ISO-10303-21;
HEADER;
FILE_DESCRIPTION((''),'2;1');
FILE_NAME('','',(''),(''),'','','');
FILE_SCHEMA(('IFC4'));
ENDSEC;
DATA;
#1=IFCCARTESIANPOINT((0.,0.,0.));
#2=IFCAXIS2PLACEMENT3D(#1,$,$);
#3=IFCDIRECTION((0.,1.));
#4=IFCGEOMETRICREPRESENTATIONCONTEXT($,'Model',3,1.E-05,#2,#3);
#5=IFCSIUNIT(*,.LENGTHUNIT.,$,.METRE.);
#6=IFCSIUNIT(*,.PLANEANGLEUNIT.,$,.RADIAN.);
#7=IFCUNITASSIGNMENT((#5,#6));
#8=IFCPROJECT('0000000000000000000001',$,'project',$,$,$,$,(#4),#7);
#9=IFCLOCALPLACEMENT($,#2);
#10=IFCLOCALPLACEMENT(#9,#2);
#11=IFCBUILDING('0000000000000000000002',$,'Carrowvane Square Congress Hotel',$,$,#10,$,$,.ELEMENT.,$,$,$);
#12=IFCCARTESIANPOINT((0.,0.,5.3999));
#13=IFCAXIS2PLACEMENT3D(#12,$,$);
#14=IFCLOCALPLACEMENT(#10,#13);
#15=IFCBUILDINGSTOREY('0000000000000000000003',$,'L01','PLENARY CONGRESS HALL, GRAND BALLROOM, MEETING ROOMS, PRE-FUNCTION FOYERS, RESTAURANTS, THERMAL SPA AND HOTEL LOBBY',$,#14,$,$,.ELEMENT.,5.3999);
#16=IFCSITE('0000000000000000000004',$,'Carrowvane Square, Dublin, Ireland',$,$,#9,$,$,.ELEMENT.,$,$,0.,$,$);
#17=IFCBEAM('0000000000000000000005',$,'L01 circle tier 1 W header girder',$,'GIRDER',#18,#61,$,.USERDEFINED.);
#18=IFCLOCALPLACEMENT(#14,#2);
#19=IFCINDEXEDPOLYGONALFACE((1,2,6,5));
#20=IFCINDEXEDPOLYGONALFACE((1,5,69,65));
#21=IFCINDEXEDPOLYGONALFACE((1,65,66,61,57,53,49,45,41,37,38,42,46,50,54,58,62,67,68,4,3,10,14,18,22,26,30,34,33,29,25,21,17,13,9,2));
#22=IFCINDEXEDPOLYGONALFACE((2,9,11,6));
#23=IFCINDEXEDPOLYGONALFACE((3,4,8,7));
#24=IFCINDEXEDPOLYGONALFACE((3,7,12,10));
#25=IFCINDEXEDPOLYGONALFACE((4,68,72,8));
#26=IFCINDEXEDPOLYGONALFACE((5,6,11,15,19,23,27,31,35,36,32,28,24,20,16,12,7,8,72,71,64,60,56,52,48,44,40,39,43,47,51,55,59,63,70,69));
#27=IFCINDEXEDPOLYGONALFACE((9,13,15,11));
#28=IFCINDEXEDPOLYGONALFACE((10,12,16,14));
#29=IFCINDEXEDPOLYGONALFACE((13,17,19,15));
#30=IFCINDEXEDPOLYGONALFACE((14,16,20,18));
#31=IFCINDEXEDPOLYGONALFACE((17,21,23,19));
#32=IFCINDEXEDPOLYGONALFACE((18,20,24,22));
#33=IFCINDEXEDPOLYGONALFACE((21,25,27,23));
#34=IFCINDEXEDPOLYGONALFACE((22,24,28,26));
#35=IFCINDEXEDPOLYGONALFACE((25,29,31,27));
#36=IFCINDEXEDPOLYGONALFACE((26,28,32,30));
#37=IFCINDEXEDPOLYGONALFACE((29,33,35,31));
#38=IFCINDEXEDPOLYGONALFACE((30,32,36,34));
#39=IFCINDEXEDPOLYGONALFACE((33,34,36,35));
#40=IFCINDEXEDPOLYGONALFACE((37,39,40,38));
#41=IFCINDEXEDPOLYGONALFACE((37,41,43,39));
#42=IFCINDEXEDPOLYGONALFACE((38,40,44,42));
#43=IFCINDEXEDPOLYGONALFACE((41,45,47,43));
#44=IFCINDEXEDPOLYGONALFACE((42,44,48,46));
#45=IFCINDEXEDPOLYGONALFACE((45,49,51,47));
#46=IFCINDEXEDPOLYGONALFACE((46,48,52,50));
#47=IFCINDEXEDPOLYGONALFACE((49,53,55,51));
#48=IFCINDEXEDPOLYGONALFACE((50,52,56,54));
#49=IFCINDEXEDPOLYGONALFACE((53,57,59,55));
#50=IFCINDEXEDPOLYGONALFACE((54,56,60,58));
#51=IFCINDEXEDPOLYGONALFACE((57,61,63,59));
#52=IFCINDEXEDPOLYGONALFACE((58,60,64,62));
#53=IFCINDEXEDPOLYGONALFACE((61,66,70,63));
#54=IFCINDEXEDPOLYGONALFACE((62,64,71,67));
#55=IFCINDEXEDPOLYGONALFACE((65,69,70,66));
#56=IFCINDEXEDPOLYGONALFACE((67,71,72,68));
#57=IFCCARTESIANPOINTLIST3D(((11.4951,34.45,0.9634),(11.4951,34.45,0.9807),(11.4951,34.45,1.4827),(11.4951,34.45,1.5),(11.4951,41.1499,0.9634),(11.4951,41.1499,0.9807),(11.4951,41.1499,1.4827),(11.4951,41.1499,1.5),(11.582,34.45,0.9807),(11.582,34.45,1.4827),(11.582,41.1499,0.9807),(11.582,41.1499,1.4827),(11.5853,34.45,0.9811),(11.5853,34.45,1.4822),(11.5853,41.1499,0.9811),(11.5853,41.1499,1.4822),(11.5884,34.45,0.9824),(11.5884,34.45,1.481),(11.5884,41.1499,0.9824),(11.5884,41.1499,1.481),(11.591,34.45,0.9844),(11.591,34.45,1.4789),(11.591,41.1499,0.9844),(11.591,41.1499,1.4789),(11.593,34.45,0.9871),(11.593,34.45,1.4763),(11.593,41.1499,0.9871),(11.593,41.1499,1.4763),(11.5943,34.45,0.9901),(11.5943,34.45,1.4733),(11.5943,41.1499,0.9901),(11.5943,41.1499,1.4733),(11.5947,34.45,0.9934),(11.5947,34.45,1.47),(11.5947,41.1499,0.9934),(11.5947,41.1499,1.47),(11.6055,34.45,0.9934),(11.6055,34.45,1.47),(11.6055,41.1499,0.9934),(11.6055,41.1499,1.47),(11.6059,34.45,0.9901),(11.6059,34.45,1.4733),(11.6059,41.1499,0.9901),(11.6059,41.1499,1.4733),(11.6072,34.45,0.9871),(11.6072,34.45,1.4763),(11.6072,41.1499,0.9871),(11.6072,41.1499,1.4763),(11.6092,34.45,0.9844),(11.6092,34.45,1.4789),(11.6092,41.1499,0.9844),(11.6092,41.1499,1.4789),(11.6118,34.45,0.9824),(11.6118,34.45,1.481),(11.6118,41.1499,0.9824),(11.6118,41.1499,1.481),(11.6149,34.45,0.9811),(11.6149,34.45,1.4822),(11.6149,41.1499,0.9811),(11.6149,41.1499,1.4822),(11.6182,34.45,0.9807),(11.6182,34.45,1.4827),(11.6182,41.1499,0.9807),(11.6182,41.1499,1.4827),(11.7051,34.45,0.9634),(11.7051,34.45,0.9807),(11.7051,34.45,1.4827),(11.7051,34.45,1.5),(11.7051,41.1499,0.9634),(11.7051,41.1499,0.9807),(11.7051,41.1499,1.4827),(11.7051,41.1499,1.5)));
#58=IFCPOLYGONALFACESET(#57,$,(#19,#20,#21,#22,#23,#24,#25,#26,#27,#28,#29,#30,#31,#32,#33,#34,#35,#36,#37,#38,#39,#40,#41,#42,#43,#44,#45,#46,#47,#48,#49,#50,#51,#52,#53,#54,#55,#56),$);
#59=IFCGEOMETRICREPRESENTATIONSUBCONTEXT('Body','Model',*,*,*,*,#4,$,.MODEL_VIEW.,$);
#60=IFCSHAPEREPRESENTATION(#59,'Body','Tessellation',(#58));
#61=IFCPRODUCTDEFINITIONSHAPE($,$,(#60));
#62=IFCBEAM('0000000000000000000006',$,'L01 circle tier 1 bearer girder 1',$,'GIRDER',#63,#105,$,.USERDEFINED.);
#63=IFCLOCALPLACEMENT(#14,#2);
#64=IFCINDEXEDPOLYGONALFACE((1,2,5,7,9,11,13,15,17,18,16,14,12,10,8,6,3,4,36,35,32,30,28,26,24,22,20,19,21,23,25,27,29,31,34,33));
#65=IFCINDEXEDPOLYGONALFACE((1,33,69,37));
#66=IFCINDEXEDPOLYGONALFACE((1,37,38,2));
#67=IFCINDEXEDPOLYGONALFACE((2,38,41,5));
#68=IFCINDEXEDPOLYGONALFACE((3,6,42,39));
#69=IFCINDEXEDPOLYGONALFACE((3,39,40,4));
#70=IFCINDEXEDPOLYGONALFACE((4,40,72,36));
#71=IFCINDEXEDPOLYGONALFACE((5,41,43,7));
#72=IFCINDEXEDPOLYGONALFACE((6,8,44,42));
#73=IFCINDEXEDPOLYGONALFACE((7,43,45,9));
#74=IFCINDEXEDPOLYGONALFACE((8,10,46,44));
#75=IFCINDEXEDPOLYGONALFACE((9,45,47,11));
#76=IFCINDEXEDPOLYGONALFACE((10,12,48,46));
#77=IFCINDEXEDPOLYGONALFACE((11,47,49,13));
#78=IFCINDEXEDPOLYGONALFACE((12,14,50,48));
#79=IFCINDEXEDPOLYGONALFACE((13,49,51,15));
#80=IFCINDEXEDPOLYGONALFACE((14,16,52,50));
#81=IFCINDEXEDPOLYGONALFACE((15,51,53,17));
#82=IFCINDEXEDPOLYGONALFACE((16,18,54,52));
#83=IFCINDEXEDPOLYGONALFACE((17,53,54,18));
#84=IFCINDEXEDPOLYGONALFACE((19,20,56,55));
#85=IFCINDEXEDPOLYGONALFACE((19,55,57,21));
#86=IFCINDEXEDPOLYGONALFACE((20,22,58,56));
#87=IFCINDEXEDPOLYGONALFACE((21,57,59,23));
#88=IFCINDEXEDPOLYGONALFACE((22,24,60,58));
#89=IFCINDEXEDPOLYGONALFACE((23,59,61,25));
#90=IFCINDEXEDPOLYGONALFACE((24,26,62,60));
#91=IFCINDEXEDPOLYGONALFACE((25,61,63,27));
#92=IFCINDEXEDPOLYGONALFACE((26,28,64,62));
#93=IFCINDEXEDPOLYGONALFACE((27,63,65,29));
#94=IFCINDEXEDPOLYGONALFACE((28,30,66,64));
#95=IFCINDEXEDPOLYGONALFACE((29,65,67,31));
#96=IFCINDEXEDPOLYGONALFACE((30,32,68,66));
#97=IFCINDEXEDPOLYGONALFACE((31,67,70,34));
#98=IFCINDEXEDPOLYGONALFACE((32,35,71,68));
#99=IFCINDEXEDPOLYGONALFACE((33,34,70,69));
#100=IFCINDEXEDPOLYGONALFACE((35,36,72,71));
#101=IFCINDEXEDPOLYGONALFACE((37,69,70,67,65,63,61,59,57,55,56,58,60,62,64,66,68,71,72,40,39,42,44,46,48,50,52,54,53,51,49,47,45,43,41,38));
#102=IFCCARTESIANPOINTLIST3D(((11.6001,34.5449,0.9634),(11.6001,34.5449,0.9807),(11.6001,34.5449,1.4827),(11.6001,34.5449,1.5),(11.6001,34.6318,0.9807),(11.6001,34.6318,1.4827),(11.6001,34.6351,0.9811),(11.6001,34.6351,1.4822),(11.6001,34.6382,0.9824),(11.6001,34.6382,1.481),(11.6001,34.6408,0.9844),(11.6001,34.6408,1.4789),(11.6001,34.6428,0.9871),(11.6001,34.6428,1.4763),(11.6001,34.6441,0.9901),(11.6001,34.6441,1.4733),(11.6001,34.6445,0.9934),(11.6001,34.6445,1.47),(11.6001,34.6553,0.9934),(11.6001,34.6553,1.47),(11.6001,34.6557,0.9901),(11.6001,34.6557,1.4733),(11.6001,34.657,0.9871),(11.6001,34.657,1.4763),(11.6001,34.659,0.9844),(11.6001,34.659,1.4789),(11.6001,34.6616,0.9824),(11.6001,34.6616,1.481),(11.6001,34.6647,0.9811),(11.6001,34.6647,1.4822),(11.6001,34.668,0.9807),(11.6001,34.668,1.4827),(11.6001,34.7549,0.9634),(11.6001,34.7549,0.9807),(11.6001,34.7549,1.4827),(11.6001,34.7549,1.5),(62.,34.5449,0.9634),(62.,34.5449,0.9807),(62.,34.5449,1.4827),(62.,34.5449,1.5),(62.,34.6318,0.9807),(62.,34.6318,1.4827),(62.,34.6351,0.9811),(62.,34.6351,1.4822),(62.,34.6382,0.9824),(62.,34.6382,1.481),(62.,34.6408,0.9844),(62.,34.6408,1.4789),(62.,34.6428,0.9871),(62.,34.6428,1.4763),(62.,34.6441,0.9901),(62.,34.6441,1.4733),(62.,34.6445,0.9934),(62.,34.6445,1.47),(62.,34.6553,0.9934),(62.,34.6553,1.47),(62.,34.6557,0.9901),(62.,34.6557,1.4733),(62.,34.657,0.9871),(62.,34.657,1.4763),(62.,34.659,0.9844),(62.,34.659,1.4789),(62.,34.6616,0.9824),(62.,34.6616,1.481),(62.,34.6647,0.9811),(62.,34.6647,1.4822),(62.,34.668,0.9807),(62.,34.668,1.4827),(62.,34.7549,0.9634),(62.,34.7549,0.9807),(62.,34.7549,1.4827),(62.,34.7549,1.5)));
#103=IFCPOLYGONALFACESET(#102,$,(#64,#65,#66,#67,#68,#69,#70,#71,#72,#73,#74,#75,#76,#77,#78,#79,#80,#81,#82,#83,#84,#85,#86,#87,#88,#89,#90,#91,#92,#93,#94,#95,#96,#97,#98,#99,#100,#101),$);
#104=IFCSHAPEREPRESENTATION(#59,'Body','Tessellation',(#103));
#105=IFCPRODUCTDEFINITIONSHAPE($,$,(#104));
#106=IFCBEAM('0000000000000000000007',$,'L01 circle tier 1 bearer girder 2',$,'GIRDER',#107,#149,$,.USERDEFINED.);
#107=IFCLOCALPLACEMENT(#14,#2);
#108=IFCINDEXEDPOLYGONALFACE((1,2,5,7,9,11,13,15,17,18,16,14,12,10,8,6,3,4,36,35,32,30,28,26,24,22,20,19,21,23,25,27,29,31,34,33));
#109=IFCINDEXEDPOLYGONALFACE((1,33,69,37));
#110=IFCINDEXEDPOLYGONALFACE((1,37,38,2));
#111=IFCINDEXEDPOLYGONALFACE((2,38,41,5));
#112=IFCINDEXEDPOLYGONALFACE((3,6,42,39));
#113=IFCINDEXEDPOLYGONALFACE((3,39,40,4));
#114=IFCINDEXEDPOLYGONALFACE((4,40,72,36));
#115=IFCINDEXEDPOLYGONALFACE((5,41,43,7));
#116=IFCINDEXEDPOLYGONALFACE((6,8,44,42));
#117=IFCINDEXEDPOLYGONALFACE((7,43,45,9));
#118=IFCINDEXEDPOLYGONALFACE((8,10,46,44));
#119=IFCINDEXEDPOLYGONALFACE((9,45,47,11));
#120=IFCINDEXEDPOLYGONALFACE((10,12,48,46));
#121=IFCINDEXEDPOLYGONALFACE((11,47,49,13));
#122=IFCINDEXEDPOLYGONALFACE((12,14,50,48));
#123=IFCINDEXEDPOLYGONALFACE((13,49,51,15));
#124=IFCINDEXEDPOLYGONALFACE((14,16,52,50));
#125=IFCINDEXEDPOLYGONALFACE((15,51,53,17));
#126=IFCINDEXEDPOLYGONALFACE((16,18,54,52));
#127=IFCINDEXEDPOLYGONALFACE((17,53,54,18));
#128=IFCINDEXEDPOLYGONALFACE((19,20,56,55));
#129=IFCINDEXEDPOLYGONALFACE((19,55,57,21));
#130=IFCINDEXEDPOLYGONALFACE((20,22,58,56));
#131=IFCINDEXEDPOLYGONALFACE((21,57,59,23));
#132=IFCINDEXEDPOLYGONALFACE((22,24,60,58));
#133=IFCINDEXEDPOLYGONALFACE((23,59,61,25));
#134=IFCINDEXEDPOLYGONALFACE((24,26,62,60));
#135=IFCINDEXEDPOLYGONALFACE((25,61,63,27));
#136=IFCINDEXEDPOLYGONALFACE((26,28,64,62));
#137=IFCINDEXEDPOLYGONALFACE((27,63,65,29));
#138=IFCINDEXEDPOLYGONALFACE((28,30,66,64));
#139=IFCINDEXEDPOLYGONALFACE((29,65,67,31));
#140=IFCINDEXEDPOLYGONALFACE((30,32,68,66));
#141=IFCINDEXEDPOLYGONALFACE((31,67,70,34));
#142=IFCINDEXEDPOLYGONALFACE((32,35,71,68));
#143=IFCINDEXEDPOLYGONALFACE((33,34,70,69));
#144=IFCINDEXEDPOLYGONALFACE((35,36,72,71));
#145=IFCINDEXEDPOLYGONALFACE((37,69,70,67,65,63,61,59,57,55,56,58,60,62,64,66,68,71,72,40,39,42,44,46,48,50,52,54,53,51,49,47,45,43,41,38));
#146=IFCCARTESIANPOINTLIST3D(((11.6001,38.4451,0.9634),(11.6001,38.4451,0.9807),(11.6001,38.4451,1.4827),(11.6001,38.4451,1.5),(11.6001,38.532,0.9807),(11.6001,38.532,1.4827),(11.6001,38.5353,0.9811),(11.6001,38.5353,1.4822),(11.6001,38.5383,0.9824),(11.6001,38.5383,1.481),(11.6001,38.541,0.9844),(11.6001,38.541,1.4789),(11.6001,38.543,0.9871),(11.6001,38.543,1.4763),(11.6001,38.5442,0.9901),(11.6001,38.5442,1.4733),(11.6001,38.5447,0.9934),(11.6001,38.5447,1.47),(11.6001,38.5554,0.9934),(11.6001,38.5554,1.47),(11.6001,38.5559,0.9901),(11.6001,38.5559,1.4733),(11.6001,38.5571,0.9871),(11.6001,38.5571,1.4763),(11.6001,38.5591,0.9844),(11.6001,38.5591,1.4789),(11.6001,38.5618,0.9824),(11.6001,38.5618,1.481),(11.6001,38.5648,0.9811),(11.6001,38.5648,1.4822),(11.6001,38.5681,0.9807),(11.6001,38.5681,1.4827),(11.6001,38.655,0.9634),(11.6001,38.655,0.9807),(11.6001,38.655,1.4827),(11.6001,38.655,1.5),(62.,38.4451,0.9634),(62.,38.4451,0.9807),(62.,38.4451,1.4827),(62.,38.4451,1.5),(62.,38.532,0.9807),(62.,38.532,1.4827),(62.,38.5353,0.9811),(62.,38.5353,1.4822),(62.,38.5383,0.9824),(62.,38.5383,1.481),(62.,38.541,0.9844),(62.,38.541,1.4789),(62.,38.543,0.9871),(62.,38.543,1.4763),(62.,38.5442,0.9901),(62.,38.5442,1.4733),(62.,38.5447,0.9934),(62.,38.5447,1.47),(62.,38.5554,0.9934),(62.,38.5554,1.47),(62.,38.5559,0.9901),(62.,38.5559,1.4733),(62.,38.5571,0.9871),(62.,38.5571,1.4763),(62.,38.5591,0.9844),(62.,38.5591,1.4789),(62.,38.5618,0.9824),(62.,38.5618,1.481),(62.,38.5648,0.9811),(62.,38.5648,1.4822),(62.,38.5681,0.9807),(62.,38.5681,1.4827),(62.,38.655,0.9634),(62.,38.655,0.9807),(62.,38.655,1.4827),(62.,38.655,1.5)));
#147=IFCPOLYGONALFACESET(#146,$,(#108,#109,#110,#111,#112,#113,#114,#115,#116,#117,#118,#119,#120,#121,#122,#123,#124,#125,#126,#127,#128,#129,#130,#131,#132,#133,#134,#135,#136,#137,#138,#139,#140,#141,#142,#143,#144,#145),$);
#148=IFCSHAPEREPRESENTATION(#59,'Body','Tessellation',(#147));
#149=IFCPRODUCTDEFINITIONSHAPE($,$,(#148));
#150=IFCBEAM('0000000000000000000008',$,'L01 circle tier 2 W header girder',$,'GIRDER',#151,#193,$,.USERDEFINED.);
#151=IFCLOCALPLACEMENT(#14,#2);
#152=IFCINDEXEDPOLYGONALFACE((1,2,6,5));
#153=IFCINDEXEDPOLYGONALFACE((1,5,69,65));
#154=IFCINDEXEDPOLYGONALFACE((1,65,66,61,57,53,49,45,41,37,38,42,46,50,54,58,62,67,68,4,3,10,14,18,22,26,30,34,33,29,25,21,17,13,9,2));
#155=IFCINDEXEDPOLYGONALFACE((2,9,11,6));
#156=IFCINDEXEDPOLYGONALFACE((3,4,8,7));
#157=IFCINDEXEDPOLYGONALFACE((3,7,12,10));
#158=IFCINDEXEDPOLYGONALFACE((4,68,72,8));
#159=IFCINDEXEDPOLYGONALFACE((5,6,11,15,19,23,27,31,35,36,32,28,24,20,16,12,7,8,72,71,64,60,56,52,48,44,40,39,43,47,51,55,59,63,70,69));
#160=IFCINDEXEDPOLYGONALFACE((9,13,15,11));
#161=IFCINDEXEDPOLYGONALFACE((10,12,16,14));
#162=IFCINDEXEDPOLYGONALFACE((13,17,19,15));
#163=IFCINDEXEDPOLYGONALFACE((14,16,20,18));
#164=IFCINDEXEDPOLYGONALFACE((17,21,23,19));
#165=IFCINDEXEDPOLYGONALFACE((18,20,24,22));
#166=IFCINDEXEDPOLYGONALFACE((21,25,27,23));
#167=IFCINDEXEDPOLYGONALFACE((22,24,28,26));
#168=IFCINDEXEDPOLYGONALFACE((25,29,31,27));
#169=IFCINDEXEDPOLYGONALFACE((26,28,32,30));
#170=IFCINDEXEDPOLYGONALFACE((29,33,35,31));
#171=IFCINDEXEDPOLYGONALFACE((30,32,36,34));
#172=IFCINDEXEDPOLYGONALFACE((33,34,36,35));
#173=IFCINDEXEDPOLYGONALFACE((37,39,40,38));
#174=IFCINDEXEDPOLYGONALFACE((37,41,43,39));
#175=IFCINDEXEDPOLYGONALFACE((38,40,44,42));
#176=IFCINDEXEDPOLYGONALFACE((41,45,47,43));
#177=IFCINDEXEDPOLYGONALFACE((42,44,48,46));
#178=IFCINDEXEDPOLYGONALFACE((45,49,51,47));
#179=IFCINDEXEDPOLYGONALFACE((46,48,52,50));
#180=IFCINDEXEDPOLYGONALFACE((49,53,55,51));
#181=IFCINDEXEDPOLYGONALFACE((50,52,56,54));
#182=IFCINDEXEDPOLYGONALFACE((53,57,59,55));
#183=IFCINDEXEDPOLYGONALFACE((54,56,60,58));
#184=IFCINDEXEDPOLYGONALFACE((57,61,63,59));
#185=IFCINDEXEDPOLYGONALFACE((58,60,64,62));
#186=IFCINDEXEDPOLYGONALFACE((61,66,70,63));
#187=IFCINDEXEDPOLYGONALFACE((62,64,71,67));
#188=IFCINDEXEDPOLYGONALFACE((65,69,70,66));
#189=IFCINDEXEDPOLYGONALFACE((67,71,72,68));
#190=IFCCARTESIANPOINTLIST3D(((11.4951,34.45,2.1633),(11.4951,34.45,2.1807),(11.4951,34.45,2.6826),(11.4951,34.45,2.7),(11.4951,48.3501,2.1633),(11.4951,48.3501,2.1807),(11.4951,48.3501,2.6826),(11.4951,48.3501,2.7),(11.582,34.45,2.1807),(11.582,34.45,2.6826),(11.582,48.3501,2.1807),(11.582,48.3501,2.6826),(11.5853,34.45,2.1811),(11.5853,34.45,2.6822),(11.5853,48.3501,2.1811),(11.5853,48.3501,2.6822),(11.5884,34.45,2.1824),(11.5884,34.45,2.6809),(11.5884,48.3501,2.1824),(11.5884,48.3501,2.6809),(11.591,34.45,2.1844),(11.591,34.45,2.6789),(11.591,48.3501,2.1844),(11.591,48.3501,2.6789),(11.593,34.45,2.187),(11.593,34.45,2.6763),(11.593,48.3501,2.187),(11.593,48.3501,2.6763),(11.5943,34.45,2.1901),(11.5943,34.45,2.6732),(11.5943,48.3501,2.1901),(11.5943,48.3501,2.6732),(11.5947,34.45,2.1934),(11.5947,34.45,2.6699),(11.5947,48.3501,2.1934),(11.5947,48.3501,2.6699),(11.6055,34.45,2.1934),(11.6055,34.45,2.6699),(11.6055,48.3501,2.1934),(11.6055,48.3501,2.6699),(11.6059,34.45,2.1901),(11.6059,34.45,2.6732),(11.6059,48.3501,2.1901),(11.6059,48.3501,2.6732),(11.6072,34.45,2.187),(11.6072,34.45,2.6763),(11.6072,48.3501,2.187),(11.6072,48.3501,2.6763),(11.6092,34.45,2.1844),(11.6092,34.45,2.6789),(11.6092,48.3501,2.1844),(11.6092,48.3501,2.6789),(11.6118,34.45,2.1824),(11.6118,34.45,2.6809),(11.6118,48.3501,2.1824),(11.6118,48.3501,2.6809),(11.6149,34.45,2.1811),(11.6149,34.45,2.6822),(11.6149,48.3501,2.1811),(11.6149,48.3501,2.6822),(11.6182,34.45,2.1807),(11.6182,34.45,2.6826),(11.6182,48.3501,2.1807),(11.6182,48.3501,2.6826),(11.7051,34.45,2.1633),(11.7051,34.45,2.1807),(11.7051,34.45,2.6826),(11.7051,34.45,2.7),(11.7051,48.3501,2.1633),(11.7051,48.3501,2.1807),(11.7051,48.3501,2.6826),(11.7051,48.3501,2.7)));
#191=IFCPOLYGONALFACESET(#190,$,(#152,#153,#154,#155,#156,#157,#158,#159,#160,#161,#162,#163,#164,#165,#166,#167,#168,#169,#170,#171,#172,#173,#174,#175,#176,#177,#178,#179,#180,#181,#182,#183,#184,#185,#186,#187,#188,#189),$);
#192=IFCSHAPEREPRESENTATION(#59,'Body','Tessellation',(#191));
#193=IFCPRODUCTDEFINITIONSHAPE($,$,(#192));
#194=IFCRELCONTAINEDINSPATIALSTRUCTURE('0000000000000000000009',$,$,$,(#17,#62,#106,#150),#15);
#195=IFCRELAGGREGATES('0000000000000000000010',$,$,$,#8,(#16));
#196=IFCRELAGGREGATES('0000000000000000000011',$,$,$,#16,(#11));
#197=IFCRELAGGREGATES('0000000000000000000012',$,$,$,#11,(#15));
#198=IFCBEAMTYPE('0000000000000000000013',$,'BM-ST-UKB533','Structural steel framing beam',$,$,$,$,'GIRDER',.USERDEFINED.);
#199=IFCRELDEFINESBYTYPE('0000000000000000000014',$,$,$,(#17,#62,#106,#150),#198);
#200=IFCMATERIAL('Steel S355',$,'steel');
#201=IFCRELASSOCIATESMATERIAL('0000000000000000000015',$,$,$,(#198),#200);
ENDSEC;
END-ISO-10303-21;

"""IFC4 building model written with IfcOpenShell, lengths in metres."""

from ifc_helpers import new_model, si_unit, direction, frame, origin, origin_2d, place, context, subcontext, project, spatial, i_section, extrude, material, material_profile, profile_set, type_object, element, save


model = new_model("IFC4")

# Units and contexts
model_context = context("Model", 3, precision=1e-05, world=origin(), true_north=direction((0.0, 1.0)))
body_context = subcontext(model_context, "Body", "Model", "MODEL_VIEW")
ifc_project = project(units=[si_unit("LENGTHUNIT", "METRE"), si_unit("PLANEANGLEUNIT", "RADIAN")], contexts=[model_context])

# Site, building, storey
site_placement = place(None, origin())
site = spatial("IfcSite", under=ifc_project, at=site_placement, Name="Carrowvane Square, Dublin, Ireland", CompositionType="ELEMENT", RefElevation=0.0)
building_placement = place(site_placement, origin())
building = spatial("IfcBuilding", under=site, at=building_placement, Name="Carrowvane Square Congress Hotel", CompositionType="ELEMENT")
storey_placement = place(building_placement, frame((0.0, 0.0, 5.3999)))
storey = spatial("IfcBuildingStorey", under=building, at=storey_placement, Name="L01", Description="PLENARY CONGRESS HALL, GRAND BALLROOM, MEETING ROOMS, PRE-FUNCTION FOYERS, RESTAURANTS, THERMAL SPA AND HOTEL LOBBY", CompositionType="ELEMENT", Elevation=5.3999)

# Beams
ifc_material_1 = material(Name="Steel S355", Category="steel")
ifc_material_profile_1 = material_profile(ifc_material_1, i_section(OverallWidth=0.21, OverallDepth=0.5366, WebThickness=0.0107, FlangeThickness=0.0173, FilletRadius=0.0127, at=origin_2d()), Name="UKB 533x210x101")
ifc_profile_set_1 = profile_set([ifc_material_profile_1], Name="Steel S355")
beam_type_1 = type_object("IfcBeamType", Name="BM-ST-UKB533", Description="Structural steel framing beam", ElementType="GIRDER", PredefinedType="USERDEFINED", material=ifc_profile_set_1)
beam_1_placement = place(storey_placement, frame((11.6001, 34.45, 1.2317), z_axis=(0.0, 1.0, 0.0), x_axis=(-1.0, 0.0, 0.0)))
element("IfcBeam", 1, at=beam_1_placement, inside=storey, type_object=beam_type_1, Name="L01 circle tier 1 W header girder", ObjectType="GIRDER", PredefinedType="USERDEFINED", context=body_context, shape_type="SweptSolid", body=[
    extrude(i_section(OverallWidth=0.21, OverallDepth=0.5366, WebThickness=0.0107, FlangeThickness=0.0173, FilletRadius=0.0127, at=origin_2d()), origin(), (0.0, 0.0, 1.0), 6.7),
])
for number, where, z_axis, x_axis, name in (
    (2, (11.6001, 34.6499, 1.2317), (1.0, 0.0, 0.0), (0.0, 1.0, 0.0), "L01 circle tier 1 bearer girder 1"),
    (3, (11.6001, 38.55, 1.2317), (1.0, 0.0, 0.0), (0.0, 1.0, 0.0), "L01 circle tier 1 bearer girder 2"),
):
    element("IfcBeam", number, at=place(storey_placement, frame(where, z_axis=z_axis, x_axis=x_axis)), inside=storey, type_object=beam_type_1, Name=name, ObjectType="GIRDER", PredefinedType="USERDEFINED", context=body_context, shape_type="SweptSolid", body=[
        extrude(i_section(OverallWidth=0.21, OverallDepth=0.5366, WebThickness=0.0107, FlangeThickness=0.0173, FilletRadius=0.0127, at=origin_2d()), origin(), (0.0, 0.0, 1.0), 50.3999),
    ])
beam_2_placement = place(storey_placement, frame((11.6001, 34.45, 2.4316), z_axis=(0.0, 1.0, 0.0), x_axis=(-1.0, 0.0, 0.0)))
element("IfcBeam", 4, at=beam_2_placement, inside=storey, type_object=beam_type_1, Name="L01 circle tier 2 W header girder", ObjectType="GIRDER", PredefinedType="USERDEFINED", context=body_context, shape_type="SweptSolid", body=[
    extrude(i_section(OverallWidth=0.21, OverallDepth=0.5366, WebThickness=0.0107, FlangeThickness=0.0173, FilletRadius=0.0127, at=origin_2d()), origin(), (0.0, 0.0, 1.0), 13.9001),
])

save(model, "model.ifc")
